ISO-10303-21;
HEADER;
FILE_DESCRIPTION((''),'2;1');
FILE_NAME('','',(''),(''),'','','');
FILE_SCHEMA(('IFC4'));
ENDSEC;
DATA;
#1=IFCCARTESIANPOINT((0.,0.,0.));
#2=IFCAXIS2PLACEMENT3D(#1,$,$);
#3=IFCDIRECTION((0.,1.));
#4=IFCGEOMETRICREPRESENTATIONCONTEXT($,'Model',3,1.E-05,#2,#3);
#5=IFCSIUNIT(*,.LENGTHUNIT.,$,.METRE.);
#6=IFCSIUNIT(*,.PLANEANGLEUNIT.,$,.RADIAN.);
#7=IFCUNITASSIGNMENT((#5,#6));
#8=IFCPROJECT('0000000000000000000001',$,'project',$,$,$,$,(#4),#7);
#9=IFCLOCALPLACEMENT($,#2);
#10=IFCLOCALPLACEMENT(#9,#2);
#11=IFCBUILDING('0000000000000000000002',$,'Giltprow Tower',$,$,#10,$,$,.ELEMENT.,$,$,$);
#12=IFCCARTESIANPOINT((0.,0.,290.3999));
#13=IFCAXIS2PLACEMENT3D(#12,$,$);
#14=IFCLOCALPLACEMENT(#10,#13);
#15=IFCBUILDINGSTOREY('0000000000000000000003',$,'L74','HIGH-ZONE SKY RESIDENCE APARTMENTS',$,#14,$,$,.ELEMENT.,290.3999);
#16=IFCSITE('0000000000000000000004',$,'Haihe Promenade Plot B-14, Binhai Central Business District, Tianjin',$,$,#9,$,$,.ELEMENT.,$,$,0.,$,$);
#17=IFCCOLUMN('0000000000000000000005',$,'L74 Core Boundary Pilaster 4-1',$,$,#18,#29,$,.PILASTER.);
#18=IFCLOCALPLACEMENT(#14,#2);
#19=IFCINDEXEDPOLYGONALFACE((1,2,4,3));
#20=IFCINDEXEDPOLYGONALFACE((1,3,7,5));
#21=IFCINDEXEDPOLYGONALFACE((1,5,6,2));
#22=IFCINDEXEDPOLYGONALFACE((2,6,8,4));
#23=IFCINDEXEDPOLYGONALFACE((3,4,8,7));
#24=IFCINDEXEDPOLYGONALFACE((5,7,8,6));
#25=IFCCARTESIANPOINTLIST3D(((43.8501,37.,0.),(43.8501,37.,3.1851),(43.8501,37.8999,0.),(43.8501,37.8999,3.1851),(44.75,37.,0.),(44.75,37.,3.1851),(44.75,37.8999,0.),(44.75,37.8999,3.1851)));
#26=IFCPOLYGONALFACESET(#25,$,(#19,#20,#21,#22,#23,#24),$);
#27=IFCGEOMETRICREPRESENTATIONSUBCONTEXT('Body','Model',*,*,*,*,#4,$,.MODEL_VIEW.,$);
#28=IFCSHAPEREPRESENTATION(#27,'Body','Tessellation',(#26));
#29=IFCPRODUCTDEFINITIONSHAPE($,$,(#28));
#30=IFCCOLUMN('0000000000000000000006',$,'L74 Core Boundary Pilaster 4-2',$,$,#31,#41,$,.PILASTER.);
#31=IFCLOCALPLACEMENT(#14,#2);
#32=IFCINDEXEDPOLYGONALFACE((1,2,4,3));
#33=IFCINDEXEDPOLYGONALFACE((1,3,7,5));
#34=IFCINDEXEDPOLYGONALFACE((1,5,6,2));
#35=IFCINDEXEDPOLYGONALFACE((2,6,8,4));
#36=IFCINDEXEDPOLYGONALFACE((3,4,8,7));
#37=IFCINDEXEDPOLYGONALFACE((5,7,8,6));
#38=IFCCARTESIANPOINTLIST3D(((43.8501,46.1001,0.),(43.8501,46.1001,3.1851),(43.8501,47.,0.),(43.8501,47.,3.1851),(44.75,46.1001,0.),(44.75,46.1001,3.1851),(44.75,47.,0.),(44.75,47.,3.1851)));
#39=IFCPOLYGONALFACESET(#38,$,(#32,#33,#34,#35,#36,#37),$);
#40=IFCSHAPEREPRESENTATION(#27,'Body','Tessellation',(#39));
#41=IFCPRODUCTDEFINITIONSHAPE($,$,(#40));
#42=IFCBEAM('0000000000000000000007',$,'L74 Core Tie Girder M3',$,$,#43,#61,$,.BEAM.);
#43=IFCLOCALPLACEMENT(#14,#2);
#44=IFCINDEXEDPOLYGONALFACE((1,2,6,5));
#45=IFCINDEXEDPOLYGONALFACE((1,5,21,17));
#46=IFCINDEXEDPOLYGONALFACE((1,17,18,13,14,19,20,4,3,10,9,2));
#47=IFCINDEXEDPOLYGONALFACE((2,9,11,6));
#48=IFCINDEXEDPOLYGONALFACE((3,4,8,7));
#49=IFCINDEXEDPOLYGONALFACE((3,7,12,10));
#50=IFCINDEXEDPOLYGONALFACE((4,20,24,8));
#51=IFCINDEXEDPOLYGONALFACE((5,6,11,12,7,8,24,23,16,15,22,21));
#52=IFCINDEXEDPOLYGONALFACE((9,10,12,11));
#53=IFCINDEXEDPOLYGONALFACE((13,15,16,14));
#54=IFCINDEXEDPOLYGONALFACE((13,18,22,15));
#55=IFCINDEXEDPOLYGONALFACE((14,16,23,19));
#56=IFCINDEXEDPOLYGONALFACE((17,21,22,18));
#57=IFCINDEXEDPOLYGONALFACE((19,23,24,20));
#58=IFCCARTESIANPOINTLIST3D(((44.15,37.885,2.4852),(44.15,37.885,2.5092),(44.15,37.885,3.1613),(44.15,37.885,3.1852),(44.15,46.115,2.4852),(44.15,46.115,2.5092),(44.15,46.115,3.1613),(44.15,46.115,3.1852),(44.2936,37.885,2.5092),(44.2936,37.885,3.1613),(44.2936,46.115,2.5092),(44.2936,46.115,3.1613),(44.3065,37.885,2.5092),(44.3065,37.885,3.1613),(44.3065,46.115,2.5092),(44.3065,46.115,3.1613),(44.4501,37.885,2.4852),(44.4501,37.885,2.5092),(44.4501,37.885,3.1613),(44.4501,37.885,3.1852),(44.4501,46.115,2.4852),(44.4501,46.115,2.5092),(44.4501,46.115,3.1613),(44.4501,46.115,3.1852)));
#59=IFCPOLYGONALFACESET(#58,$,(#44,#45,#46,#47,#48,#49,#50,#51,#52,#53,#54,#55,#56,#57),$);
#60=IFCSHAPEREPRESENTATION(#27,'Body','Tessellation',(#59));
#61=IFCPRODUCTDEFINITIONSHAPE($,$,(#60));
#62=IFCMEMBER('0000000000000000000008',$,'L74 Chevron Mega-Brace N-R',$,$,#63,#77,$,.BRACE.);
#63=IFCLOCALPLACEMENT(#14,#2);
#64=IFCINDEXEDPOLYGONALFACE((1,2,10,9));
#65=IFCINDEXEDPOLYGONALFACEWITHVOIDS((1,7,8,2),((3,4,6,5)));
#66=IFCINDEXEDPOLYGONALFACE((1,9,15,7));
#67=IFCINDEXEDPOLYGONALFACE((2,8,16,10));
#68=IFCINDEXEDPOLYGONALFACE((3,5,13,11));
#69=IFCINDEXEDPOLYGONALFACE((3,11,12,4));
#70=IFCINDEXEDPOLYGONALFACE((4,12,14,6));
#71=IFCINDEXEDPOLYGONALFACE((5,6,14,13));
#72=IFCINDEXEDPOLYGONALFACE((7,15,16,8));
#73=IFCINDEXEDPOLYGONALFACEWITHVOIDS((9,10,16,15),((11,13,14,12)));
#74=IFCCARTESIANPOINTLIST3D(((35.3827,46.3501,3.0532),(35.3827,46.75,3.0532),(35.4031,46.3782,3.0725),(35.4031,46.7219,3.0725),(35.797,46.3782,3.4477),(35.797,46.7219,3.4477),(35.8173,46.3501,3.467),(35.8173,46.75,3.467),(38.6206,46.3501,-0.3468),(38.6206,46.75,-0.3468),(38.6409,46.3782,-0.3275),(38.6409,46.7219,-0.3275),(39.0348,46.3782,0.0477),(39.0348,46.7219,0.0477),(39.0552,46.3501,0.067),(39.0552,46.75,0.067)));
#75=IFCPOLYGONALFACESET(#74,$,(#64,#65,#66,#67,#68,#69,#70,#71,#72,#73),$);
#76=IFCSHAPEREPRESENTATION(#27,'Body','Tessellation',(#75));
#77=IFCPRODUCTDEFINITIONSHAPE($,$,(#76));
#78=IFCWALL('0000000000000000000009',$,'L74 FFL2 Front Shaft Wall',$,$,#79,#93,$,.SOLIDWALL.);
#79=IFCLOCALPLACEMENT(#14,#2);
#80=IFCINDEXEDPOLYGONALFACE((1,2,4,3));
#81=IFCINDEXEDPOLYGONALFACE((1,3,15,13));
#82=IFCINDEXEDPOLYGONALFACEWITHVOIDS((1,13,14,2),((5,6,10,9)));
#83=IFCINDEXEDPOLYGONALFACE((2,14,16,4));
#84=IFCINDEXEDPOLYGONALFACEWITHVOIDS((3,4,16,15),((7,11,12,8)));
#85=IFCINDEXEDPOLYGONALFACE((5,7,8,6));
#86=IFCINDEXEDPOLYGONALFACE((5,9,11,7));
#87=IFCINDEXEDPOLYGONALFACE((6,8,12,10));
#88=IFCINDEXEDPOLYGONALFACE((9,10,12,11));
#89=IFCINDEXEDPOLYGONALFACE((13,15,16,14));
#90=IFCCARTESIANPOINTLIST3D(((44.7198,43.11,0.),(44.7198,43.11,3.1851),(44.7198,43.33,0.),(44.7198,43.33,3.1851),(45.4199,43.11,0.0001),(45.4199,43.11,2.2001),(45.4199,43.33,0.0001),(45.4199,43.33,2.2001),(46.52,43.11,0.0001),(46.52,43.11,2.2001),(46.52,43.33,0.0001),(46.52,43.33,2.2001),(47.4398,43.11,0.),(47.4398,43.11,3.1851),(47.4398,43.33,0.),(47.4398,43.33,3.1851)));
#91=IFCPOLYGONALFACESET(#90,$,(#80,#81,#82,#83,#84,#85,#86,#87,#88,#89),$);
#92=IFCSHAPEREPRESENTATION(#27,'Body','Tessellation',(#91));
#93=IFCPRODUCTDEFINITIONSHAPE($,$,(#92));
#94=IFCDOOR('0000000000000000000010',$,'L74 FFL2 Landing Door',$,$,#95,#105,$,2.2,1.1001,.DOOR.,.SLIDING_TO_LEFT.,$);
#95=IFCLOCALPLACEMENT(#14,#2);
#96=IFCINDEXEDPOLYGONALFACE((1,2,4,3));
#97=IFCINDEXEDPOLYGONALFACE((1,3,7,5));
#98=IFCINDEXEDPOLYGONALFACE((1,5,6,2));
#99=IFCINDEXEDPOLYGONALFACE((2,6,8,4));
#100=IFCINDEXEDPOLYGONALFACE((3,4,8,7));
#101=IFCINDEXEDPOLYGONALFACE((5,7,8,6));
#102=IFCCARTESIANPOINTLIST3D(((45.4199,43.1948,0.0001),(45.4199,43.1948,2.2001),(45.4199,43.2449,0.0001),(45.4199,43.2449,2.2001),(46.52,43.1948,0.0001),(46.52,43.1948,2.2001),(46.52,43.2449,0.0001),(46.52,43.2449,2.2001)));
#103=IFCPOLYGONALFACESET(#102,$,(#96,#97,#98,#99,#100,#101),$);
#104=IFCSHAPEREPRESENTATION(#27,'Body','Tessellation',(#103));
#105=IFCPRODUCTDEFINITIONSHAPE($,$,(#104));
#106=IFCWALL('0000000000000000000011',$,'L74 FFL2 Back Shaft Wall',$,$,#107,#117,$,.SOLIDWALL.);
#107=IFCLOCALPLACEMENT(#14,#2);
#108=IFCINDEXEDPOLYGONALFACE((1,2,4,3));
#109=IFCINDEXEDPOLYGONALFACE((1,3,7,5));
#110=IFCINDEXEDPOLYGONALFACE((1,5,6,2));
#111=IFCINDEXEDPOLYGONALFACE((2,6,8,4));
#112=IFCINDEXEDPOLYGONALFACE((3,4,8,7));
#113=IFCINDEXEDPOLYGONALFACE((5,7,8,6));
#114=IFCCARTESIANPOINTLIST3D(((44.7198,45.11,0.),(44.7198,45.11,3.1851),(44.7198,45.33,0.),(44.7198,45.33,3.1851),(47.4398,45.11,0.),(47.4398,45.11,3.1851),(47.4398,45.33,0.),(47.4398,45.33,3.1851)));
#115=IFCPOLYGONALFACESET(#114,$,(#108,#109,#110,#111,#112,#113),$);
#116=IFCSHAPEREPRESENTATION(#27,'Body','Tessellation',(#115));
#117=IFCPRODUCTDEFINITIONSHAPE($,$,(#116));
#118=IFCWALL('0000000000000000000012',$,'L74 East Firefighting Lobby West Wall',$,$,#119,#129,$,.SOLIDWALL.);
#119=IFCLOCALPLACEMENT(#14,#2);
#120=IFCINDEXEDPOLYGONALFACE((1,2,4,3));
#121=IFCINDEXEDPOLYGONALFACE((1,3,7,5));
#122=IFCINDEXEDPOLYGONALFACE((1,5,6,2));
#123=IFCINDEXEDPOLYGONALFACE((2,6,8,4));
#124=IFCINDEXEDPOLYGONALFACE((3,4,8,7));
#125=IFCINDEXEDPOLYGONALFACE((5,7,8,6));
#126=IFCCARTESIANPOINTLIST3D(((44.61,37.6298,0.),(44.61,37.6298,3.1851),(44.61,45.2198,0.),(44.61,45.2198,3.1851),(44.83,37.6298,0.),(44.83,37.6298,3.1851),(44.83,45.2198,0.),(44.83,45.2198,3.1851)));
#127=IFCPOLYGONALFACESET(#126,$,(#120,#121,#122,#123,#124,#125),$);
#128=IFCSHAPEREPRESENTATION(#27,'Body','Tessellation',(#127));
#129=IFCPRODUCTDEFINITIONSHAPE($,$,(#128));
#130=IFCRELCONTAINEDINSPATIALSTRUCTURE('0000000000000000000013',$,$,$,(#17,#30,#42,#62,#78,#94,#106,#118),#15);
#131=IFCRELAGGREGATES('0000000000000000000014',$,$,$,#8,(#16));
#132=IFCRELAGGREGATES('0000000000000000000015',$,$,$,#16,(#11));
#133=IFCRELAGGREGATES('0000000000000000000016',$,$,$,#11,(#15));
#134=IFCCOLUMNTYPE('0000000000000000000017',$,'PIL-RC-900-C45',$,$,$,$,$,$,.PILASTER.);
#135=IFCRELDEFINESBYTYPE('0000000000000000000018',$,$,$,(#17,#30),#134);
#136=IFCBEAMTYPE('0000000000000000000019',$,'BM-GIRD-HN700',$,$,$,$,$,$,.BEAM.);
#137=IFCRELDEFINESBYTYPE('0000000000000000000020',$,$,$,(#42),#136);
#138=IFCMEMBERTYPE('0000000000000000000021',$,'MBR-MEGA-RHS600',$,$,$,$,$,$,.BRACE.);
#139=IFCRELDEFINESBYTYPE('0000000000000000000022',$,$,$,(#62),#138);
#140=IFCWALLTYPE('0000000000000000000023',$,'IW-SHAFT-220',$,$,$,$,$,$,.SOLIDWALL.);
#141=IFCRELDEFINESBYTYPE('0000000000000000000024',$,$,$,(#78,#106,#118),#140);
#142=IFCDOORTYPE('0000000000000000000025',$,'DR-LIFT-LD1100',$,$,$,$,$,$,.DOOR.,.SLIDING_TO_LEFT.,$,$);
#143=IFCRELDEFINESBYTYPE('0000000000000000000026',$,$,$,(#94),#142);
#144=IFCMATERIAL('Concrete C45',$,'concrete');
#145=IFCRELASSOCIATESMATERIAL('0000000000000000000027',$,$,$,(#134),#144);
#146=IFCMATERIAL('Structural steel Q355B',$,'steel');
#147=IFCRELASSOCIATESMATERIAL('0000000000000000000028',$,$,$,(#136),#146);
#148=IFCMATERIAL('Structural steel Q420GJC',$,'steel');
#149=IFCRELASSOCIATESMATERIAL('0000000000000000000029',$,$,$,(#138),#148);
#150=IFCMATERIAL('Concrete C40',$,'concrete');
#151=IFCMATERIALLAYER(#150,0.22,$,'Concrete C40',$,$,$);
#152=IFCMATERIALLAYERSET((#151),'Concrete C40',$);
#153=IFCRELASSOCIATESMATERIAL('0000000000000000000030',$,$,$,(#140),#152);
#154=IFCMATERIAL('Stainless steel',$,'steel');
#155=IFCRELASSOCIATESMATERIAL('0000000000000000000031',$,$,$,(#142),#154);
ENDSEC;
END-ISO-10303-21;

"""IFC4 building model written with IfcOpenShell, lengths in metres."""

from ifc_helpers import new_model, si_unit, direction, frame, frame_2d, origin, origin_2d, place, context, subcontext, project, spatial, rectangle, hollow_rectangle, i_section, extrude, source, transform, mapped, material, layer, layer_set, material_profile, profile_set, type_object, element, fill, save


model = new_model("IFC4")

# Units and contexts
model_context = context("Model", 3, precision=1e-05, world=origin(), true_north=direction((0.0, 1.0)))
body_context = subcontext(model_context, "Body", "Model", "MODEL_VIEW")
ifc_project = project(units=[si_unit("LENGTHUNIT", "METRE"), si_unit("PLANEANGLEUNIT", "RADIAN")], contexts=[model_context])

# Site, building, storey
site_placement = place(None, origin())
site = spatial("IfcSite", under=ifc_project, at=site_placement, Name="Haihe Promenade Plot B-14, Binhai Central Business District, Tianjin", CompositionType="ELEMENT", RefElevation=0.0)
building_placement = place(site_placement, origin())
building = spatial("IfcBuilding", under=site, at=building_placement, Name="Giltprow Tower", CompositionType="ELEMENT")
storey_placement = place(building_placement, frame((0.0, 0.0, 290.3999)))
storey = spatial("IfcBuildingStorey", under=building, at=storey_placement, Name="L74", Description="HIGH-ZONE SKY RESIDENCE APARTMENTS", CompositionType="ELEMENT", Elevation=290.3999)

# Columns
ifc_material_1 = material(Name="Concrete C45", Category="concrete")
ifc_material_profile_1 = material_profile(ifc_material_1, rectangle(XDim=0.8999, YDim=0.8999, at=origin_2d()), Name="RC 900x900")
ifc_profile_set_1 = profile_set([ifc_material_profile_1], Name="Concrete C45")
column_type = type_object("IfcColumnType", Name="PIL-RC-900-C45", PredefinedType="PILASTER", material=ifc_profile_set_1)
shared_shape_1 = source(origin(), body_context, "Body", "SweptSolid", [
    extrude(rectangle(XDim=0.8999, YDim=0.8999, at=origin_2d()), origin(), (0.0, 0.0, 1.0), 3.1851),
])
for number, where, z_axis, x_axis, name in (
    (1, (44.3, 37.45, 0.0), (0.0, 0.0, 1.0), (1.0, 0.0, 0.0), "L74 Core Boundary Pilaster 4-1"),
    (2, (44.3, 46.55, 0.0), (0.0, 0.0, 1.0), (1.0, 0.0, 0.0), "L74 Core Boundary Pilaster 4-2"),
):
    element("IfcColumn", number, at=place(storey_placement, frame(where, z_axis=z_axis, x_axis=x_axis)), inside=storey, type_object=column_type, Name=name, PredefinedType="PILASTER", context=body_context, shape_type="MappedRepresentation", body=[
        mapped(shared_shape_1, transform((0.0, 0.0, 0.0), x_axis=(1.0, 0.0, 0.0), y_axis=(0.0, 1.0, 0.0), z_axis=(0.0, 0.0, 1.0), scale=1.0)),
    ])

# Beam
ifc_material_2 = material(Name="Structural steel Q355B", Category="steel")
ifc_material_profile_2 = material_profile(ifc_material_2, i_section(OverallWidth=0.3, OverallDepth=0.7, WebThickness=0.0129, FlangeThickness=0.0239, at=origin_2d()), Name="HN 700x300x13x24")
ifc_profile_set_2 = profile_set([ifc_material_profile_2], Name="Structural steel Q355B")
beam_type = type_object("IfcBeamType", Name="BM-GIRD-HN700", PredefinedType="BEAM", material=ifc_profile_set_2)
shared_shape_2 = source(origin(), body_context, "Body", "SweptSolid", [
    extrude(i_section(OverallWidth=0.3, OverallDepth=0.7, WebThickness=0.0129, FlangeThickness=0.0239, at=origin_2d()), origin(), (0.0, 0.0, 1.0), 8.23),
])
beam_placement = place(storey_placement, frame((44.3, 37.885, 2.8352), z_axis=(0.0, 1.0, 0.0), x_axis=(-1.0, 0.0, 0.0)))
element("IfcBeam", 3, at=beam_placement, inside=storey, type_object=beam_type, Name="L74 Core Tie Girder M3", PredefinedType="BEAM", context=body_context, shape_type="MappedRepresentation", body=[
    mapped(shared_shape_2, transform((0.0, 0.0, 0.0), x_axis=(1.0, 0.0, 0.0), y_axis=(0.0, 1.0, 0.0), z_axis=(0.0, 0.0, 1.0), scale=1.0)),
])

# Member
ifc_material_3 = material(Name="Structural steel Q420GJC", Category="steel")
ifc_material_profile_3 = material_profile(ifc_material_3, hollow_rectangle(XDim=0.3999, YDim=0.6001, WallThickness=0.0281, at=origin_2d()), Name="RHS 600x400x28")
ifc_profile_set_3 = profile_set([ifc_material_profile_3], Name="Structural steel Q420GJC")
member_type = type_object("IfcMemberType", Name="MBR-MEGA-RHS600", PredefinedType="BRACE", material=ifc_profile_set_3)
shared_shape_3 = source(origin(), body_context, "Body", "SweptSolid", [
    extrude(hollow_rectangle(XDim=0.3999, YDim=0.6001, WallThickness=0.0281, at=origin_2d()), origin(), (0.0, 0.0, 1.0), 4.6951),
])
member_placement = place(storey_placement, frame((38.8379, 46.55, -0.1399), z_axis=(-0.689632, 0.0, 0.72416), x_axis=(0.0, -1.0, 0.0)))
element("IfcMember", 4, at=member_placement, inside=storey, type_object=member_type, Name="L74 Chevron Mega-Brace N-R", PredefinedType="BRACE", context=body_context, shape_type="MappedRepresentation", body=[
    mapped(shared_shape_3, transform((0.0, 0.0, 0.0), x_axis=(1.0, 0.0, 0.0), y_axis=(0.0, 1.0, 0.0), z_axis=(0.0, 0.0, 1.0), scale=1.0)),
])

# Wall, opening, door
ifc_material_4 = material(Name="Concrete C40", Category="concrete")
ifc_layer_1 = layer(ifc_material_4, 0.22, Name="Concrete C40")
ifc_layer_set_1 = layer_set([ifc_layer_1], Name="Concrete C40")
wall_type_1 = type_object("IfcWallType", Name="IW-SHAFT-220", PredefinedType="SOLIDWALL", material=ifc_layer_set_1)
wall_1_placement = place(storey_placement, frame((44.72, 43.22, 0.0), z_axis=(0.0, 0.0, 1.0), x_axis=(1.0, 0.0, 0.0)))
wall_1 = element("IfcWall", 5, at=wall_1_placement, inside=storey, type_object=wall_type_1, Name="L74 FFL2 Front Shaft Wall", PredefinedType="SOLIDWALL", context=body_context, shape_type="SweptSolid", body=[
    extrude(rectangle(XDim=2.72, YDim=0.22, at=frame_2d((1.3599, 0.0))), origin(), (0.0, 0.0, 1.0), 3.1851),
])
opening_1_placement = place(wall_1_placement, frame((0.7, 0.0, 0.0)))
opening_1 = element("IfcOpeningElement", 6, at=opening_1_placement, cuts=wall_1, PredefinedType="OPENING", context=body_context, shape_type="SweptSolid", body=[
    extrude(rectangle(XDim=1.1001, YDim=2.2, at=frame_2d((0.55, 1.1001))), frame((0.0, 0.1199, 0.0), z_axis=(0.0, -1.0, 0.0), x_axis=(1.0, 0.0, 0.0)), (0.0, 0.0, 1.0), 0.24),
])
ifc_material_5 = material(Name="Stainless steel", Category="steel")
door_type_1 = type_object("IfcDoorType", Name="DR-LIFT-LD1100", OperationType="SLIDING_TO_LEFT", PredefinedType="DOOR", material=ifc_material_5)
shared_shape_4 = source(origin(), body_context, "Body", "SweptSolid", [
    extrude(rectangle(XDim=1.1001, YDim=2.2, at=frame_2d((0.55, 1.1001))), frame((0.0, 0.0249, 0.0), z_axis=(0.0, -1.0, 0.0), x_axis=(1.0, 0.0, 0.0)), (0.0, 0.0, 1.0), 0.05),
])
door_1_placement = place(opening_1_placement, origin())
door_1 = element("IfcDoor", 7, at=door_1_placement, inside=storey, type_object=door_type_1, Name="L74 FFL2 Landing Door", OperationType="SLIDING_TO_LEFT", OverallHeight=2.2, OverallWidth=1.1001, PredefinedType="DOOR", context=body_context, shape_type="MappedRepresentation", body=[
    mapped(shared_shape_4, transform((0.0, 0.0, 0.0), x_axis=(1.0, 0.0, 0.0), y_axis=(0.0, 1.0, 0.0), z_axis=(0.0, 0.0, 1.0), scale=1.0)),
])
fill(opening_1, door_1)

# Walls
wall_2_placement = place(storey_placement, frame((44.72, 45.22, 0.0), z_axis=(0.0, 0.0, 1.0), x_axis=(1.0, 0.0, 0.0)))
element("IfcWall", 8, at=wall_2_placement, inside=storey, type_object=wall_type_1, Name="L74 FFL2 Back Shaft Wall", PredefinedType="SOLIDWALL", context=body_context, shape_type="SweptSolid", body=[
    extrude(rectangle(XDim=2.72, YDim=0.22, at=frame_2d((1.3599, 0.0))), origin(), (0.0, 0.0, 1.0), 3.1851),
])
wall_3_placement = place(storey_placement, frame((44.72, 37.6299, 0.0), z_axis=(0.0, 0.0, 1.0), x_axis=(0.0, 1.0, 0.0)))
element("IfcWall", 9, at=wall_3_placement, inside=storey, type_object=wall_type_1, Name="L74 East Firefighting Lobby West Wall", PredefinedType="SOLIDWALL", context=body_context, shape_type="SweptSolid", body=[
    extrude(rectangle(XDim=7.5901, YDim=0.22, at=frame_2d((3.7949, 0.0))), origin(), (0.0, 0.0, 1.0), 3.1851),
])

save(model, "model.ifc")
